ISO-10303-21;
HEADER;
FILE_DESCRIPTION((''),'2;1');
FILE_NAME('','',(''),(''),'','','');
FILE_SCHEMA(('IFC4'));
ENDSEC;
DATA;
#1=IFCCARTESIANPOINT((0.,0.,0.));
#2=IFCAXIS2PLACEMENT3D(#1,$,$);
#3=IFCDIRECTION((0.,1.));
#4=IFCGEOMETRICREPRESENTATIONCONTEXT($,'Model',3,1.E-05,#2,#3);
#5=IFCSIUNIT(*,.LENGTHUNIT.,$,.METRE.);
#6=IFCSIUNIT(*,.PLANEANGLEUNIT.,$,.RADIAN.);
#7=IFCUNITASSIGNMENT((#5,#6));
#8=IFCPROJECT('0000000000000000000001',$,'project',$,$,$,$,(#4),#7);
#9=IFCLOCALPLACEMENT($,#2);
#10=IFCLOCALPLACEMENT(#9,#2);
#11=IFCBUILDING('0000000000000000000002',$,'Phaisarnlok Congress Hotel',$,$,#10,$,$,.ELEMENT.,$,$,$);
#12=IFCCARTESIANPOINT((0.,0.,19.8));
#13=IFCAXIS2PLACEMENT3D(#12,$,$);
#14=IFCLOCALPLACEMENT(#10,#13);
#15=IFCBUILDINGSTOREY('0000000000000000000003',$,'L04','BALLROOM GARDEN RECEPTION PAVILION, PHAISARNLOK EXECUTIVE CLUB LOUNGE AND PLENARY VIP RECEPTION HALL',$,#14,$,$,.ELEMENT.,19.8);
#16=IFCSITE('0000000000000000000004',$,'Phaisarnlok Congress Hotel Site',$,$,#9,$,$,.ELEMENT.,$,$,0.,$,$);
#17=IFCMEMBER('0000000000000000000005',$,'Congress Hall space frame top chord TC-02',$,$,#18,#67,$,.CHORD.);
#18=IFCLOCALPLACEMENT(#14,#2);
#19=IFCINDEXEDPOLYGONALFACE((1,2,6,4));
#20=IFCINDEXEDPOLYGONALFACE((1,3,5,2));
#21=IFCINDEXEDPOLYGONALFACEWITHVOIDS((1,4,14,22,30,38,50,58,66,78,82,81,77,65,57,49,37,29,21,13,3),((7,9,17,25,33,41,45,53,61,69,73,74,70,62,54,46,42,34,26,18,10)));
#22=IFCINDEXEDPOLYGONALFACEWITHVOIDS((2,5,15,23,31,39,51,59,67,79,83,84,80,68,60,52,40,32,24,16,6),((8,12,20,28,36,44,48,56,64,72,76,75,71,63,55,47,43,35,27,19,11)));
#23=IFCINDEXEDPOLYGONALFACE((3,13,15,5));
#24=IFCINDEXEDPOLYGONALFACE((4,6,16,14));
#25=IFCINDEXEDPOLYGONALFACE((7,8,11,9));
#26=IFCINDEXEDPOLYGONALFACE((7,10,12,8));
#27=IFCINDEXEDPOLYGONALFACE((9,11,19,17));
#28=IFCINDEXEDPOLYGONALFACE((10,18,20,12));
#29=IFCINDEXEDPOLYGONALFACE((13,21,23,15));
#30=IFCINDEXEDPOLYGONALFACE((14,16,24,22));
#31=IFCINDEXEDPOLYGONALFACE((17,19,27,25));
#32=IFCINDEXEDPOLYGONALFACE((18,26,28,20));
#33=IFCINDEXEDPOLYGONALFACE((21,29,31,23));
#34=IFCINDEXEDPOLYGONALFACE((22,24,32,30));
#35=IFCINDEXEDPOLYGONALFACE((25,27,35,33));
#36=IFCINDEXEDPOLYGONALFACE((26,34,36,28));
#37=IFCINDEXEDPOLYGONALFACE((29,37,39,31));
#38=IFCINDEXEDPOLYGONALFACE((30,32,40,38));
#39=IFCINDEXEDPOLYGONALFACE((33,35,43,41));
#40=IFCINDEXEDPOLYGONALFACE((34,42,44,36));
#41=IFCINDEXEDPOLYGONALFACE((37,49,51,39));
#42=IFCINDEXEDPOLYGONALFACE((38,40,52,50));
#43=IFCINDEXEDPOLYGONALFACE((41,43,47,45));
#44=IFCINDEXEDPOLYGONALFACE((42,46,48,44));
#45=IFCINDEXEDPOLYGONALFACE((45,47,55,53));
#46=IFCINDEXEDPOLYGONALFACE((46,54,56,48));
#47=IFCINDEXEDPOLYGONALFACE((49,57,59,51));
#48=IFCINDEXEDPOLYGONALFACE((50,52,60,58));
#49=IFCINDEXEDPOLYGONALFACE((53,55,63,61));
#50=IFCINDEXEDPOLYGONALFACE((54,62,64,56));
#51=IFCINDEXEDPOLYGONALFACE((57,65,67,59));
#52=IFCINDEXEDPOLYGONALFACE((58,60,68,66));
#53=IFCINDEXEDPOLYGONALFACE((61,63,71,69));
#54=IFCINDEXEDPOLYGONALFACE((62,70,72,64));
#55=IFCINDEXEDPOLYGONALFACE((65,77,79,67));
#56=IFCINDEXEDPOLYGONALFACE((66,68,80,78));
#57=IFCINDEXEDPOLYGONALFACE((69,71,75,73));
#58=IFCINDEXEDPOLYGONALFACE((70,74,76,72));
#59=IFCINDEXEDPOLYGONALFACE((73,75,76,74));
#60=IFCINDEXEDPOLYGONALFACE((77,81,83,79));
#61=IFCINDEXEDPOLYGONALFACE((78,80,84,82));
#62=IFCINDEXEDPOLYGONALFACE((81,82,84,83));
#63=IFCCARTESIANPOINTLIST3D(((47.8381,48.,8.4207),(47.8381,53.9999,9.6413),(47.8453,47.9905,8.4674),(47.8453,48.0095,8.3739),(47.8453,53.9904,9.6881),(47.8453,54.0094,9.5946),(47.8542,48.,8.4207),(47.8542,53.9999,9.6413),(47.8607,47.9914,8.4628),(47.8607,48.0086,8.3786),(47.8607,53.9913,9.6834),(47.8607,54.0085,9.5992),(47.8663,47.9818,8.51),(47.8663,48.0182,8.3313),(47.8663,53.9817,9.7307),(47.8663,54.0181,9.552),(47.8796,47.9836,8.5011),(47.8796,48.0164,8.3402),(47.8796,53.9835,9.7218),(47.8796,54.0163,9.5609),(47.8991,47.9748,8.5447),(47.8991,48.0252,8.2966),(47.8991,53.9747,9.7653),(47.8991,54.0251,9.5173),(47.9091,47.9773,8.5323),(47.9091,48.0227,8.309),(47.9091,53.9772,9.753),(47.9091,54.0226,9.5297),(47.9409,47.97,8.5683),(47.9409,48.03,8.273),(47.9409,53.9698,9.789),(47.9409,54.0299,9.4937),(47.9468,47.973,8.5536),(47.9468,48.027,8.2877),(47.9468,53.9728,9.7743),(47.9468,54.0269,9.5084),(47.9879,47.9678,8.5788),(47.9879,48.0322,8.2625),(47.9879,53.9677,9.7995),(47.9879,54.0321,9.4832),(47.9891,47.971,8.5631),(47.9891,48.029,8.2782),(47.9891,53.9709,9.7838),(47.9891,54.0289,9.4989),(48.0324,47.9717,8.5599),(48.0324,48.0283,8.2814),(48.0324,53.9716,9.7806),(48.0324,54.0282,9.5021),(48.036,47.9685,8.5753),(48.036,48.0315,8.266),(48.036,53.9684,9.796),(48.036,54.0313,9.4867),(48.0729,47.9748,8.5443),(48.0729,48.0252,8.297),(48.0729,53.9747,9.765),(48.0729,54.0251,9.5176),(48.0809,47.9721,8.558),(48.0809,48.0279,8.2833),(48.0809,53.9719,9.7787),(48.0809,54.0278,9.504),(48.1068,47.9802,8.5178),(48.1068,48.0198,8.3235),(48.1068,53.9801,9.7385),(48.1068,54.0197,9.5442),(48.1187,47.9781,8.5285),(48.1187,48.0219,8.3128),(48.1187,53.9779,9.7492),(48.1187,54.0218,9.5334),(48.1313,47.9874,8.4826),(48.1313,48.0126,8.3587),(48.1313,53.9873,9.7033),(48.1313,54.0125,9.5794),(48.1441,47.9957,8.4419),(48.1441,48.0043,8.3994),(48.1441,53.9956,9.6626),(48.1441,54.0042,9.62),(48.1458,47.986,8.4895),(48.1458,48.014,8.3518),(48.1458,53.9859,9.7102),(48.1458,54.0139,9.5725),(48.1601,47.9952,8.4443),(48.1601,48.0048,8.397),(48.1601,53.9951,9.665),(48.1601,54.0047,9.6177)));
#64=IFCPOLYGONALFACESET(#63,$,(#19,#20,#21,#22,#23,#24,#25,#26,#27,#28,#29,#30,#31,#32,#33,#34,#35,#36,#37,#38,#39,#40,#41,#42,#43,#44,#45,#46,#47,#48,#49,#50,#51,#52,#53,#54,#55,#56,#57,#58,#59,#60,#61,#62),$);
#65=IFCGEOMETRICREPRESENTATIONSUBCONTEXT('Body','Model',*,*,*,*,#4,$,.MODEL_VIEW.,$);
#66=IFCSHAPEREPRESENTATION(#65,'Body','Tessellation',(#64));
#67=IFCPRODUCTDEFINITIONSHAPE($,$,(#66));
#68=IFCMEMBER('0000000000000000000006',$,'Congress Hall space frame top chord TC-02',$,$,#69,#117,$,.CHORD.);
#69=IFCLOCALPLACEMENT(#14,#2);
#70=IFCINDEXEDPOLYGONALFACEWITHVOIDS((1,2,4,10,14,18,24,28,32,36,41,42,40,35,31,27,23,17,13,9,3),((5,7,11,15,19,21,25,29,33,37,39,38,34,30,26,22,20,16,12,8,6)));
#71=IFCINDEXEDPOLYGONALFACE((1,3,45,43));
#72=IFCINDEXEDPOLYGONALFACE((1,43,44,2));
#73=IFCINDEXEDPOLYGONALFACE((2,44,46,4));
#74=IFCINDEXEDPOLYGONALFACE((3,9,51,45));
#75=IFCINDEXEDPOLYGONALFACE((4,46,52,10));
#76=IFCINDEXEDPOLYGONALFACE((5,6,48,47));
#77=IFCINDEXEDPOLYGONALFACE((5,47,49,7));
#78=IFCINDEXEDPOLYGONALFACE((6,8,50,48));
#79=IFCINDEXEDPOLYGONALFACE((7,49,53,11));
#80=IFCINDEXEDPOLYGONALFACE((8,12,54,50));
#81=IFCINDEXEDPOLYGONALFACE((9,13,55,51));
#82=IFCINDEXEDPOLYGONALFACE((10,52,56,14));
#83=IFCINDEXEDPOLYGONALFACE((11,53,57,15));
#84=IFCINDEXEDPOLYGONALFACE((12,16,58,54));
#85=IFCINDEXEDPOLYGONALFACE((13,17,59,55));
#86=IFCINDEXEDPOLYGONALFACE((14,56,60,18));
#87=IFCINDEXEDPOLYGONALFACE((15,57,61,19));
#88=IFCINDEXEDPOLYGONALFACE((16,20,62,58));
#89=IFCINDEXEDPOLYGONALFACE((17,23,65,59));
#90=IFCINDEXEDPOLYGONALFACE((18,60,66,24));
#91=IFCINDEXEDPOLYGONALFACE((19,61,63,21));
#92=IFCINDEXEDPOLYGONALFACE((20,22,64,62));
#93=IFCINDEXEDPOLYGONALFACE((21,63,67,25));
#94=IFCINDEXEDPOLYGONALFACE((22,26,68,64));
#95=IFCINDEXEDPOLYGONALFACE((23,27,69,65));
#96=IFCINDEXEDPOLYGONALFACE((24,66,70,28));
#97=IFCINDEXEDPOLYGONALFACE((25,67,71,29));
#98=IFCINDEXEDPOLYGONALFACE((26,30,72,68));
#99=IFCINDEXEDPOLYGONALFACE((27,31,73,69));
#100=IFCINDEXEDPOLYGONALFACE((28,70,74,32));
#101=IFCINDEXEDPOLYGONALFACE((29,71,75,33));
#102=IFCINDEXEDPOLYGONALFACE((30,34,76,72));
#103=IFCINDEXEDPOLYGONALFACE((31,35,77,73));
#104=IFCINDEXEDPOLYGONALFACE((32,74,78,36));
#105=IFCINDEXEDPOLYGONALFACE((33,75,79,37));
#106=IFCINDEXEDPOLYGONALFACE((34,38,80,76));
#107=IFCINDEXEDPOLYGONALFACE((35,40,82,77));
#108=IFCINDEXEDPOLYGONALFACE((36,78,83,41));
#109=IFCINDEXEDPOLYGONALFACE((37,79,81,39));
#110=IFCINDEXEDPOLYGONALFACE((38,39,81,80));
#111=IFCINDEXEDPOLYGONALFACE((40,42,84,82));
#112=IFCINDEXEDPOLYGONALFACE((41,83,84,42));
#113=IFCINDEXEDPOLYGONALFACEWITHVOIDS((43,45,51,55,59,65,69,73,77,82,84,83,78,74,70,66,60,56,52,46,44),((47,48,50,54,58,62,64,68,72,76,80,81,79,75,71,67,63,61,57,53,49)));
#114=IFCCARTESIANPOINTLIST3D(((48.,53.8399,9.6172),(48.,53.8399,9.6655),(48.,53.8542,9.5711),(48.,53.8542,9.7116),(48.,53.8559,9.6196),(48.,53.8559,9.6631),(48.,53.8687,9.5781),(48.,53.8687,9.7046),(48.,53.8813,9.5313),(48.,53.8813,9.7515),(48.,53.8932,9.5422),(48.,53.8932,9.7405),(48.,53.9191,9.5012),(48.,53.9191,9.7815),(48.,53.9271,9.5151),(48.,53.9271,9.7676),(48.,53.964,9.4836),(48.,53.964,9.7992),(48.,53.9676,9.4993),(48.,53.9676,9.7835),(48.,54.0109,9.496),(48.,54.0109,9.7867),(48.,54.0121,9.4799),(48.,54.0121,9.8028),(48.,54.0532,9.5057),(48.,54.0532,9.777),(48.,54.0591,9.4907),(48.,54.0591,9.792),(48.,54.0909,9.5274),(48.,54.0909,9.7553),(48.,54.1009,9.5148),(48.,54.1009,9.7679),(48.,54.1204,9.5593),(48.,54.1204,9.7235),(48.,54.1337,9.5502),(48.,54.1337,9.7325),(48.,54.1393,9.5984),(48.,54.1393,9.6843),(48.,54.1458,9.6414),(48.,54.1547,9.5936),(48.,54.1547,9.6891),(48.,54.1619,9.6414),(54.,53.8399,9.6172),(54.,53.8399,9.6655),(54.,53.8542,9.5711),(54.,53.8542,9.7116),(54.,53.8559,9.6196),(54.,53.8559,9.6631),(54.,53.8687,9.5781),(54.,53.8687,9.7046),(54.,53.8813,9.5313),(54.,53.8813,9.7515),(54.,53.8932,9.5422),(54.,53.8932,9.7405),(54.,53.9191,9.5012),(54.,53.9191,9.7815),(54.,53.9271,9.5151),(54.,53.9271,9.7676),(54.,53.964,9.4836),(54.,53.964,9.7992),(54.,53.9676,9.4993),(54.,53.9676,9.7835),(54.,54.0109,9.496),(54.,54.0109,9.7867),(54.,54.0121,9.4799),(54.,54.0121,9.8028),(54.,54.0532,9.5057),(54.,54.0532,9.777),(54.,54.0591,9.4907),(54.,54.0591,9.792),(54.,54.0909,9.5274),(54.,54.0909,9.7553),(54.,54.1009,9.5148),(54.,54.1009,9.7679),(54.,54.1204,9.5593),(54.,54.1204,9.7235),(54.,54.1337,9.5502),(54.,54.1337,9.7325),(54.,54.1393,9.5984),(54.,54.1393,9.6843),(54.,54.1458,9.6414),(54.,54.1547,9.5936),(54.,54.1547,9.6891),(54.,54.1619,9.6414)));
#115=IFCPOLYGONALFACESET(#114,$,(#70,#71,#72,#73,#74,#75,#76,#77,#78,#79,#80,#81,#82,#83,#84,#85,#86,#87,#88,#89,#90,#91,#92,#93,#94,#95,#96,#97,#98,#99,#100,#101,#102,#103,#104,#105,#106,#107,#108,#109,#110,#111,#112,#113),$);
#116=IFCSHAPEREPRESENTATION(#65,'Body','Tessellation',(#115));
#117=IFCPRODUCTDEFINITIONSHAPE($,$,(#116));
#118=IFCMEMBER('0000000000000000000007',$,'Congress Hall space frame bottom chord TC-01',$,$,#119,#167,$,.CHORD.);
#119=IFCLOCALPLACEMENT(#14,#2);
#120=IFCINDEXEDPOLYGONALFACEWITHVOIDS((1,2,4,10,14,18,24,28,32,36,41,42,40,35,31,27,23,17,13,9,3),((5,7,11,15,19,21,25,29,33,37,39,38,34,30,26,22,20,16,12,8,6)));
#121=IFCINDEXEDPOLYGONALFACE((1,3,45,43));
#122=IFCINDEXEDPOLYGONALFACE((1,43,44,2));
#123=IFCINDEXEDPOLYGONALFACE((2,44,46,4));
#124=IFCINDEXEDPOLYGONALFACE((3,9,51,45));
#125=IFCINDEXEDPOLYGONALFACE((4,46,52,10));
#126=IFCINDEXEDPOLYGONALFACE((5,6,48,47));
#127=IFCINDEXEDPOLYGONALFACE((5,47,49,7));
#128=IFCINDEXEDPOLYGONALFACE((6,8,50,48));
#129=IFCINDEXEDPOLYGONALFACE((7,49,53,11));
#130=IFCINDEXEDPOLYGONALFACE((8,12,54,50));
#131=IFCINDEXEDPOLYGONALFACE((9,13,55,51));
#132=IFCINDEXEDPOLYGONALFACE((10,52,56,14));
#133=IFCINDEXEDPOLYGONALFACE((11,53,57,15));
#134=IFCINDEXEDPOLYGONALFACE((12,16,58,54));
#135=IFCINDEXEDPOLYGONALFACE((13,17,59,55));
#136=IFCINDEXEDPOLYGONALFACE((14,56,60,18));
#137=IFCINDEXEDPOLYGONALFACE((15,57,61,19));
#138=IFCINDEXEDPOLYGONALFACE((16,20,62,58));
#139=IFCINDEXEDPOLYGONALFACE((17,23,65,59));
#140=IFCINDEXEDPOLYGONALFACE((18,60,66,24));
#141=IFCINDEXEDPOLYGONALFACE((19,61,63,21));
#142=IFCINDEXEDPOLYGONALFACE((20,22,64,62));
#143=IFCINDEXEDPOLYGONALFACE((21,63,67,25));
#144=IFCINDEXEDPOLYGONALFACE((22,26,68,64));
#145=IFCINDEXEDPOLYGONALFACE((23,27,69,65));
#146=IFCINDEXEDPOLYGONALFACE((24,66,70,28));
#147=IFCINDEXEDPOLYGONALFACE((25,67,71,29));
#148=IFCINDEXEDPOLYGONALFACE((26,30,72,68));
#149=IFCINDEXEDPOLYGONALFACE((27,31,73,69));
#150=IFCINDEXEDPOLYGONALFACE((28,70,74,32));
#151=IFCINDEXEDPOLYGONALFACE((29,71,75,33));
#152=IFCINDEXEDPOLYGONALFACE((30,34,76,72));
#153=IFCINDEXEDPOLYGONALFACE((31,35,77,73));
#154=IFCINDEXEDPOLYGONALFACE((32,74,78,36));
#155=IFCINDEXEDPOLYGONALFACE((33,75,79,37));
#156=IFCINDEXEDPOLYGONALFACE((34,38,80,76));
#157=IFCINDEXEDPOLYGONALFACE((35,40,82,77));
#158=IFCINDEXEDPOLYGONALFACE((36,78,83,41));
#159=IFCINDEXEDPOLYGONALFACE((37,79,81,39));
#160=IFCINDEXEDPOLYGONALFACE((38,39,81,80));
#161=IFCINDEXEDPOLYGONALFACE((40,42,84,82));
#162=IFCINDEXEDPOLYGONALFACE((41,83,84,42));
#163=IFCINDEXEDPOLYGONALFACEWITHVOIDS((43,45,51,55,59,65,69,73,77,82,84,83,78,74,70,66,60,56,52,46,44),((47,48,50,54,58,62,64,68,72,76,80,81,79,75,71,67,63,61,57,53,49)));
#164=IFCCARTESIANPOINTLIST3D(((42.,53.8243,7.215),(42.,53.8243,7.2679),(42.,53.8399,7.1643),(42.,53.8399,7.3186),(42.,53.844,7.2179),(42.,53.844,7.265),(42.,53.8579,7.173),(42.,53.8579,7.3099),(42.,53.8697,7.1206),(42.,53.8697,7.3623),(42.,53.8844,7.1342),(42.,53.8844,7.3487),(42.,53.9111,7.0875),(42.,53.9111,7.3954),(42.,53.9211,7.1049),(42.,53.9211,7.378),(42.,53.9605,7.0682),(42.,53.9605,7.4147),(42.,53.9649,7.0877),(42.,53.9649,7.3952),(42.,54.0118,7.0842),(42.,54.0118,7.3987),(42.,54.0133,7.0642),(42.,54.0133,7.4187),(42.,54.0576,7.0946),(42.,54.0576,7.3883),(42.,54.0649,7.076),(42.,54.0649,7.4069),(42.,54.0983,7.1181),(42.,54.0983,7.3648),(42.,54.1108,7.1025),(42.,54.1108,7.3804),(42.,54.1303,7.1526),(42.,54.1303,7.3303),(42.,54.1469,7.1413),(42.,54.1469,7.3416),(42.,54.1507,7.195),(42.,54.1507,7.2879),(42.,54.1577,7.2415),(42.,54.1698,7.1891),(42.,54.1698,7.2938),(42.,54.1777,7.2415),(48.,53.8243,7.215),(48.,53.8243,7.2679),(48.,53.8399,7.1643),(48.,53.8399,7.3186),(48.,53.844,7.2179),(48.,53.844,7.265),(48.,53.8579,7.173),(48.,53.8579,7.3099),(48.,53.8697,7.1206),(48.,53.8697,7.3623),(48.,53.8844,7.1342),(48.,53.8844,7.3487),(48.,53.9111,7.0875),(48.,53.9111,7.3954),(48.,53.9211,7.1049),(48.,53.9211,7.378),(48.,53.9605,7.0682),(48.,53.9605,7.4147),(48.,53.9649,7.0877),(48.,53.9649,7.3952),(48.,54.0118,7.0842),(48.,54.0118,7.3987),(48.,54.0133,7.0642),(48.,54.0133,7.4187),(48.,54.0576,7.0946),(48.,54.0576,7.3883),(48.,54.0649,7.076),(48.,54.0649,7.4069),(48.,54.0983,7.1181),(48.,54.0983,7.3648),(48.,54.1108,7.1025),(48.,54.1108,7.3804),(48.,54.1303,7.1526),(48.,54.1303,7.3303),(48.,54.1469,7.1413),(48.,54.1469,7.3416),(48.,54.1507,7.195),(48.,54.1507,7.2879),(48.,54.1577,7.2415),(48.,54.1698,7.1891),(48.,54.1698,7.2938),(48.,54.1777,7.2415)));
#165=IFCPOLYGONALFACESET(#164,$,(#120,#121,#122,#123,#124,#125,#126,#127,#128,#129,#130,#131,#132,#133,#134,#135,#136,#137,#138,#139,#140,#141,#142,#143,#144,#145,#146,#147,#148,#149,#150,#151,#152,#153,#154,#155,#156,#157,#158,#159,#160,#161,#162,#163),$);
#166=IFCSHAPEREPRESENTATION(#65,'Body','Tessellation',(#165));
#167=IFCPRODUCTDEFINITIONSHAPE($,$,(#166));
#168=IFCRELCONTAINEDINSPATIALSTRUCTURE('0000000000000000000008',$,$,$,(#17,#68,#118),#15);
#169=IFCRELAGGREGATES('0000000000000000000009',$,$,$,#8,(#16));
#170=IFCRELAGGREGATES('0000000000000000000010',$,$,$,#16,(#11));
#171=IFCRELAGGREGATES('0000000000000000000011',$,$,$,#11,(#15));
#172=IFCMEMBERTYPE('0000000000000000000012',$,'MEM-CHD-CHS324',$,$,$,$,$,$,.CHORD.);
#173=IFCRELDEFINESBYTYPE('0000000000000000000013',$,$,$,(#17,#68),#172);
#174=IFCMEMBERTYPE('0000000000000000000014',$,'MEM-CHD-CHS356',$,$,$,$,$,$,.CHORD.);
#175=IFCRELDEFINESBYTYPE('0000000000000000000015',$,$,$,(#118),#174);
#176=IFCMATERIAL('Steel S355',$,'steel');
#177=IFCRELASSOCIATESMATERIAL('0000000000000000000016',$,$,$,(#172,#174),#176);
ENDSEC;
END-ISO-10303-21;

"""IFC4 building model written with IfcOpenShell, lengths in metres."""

from ifc_helpers import new_model, si_unit, direction, frame, origin, origin_2d, place, context, subcontext, project, spatial, hollow_circle, extrude, material, material_profile, profile_set, type_object, element, save


model = new_model("IFC4")

# Units and contexts
model_context = context("Model", 3, precision=1e-05, world=origin(), true_north=direction((0.0, 1.0)))
body_context = subcontext(model_context, "Body", "Model", "MODEL_VIEW")
ifc_project = project(units=[si_unit("LENGTHUNIT", "METRE"), si_unit("PLANEANGLEUNIT", "RADIAN")], contexts=[model_context])

# Site, building, storey
site_placement = place(None, origin())
site = spatial("IfcSite", under=ifc_project, at=site_placement, Name="Phaisarnlok Congress Hotel Site", CompositionType="ELEMENT", RefElevation=0.0)
building_placement = place(site_placement, origin())
building = spatial("IfcBuilding", under=site, at=building_placement, Name="Phaisarnlok Congress Hotel", CompositionType="ELEMENT")
storey_placement = place(building_placement, frame((0.0, 0.0, 19.8)))
storey = spatial("IfcBuildingStorey", under=building, at=storey_placement, Name="L04", Description="BALLROOM GARDEN RECEPTION PAVILION, PHAISARNLOK EXECUTIVE CLUB LOUNGE AND PLENARY VIP RECEPTION HALL", CompositionType="ELEMENT", Elevation=19.8)

# Members
ifc_material = material(Name="Steel S355", Category="steel")
ifc_material_profile_1 = material_profile(ifc_material, hollow_circle(Radius=0.1619, WallThickness=0.0161, at=origin_2d()), Name="CHS 323.9x16")
ifc_profile_set_1 = profile_set([ifc_material_profile_1], Name="Steel S355")
member_type_1 = type_object("IfcMemberType", Name="MEM-CHD-CHS324", PredefinedType="CHORD", material=ifc_profile_set_1)
member_1_placement = place(storey_placement, frame((48.0, 48.0, 8.4207), z_axis=(0.0, 0.979925, 0.199366), x_axis=(-1.0, 0.0, 0.0)))
element("IfcMember", 1, at=member_1_placement, inside=storey, type_object=member_type_1, Name="Congress Hall space frame top chord TC-02", PredefinedType="CHORD", context=body_context, shape_type="SweptSolid", body=[
    extrude(hollow_circle(Radius=0.1619, WallThickness=0.0161, at=origin_2d()), origin(), (0.0, 0.0, 1.0), 6.1228),
])
member_2_placement = place(storey_placement, frame((48.0, 54.0, 9.6414), z_axis=(1.0, 0.0, 0.0), x_axis=(0.0, 1.0, 0.0)))
element("IfcMember", 2, at=member_2_placement, inside=storey, type_object=member_type_1, Name="Congress Hall space frame top chord TC-02", PredefinedType="CHORD", context=body_context, shape_type="SweptSolid", body=[
    extrude(hollow_circle(Radius=0.1619, WallThickness=0.0161, at=origin_2d()), origin(), (0.0, 0.0, 1.0), 6.0),
])
ifc_material_profile_2 = material_profile(ifc_material, hollow_circle(Radius=0.1777, WallThickness=0.02, at=origin_2d()), Name="CHS 355.6x20")
ifc_profile_set_2 = profile_set([ifc_material_profile_2], Name="Steel S355")
member_type_2 = type_object("IfcMemberType", Name="MEM-CHD-CHS356", PredefinedType="CHORD", material=ifc_profile_set_2)
member_3_placement = place(storey_placement, frame((42.0, 54.0, 7.2415), z_axis=(1.0, 0.0, 0.0), x_axis=(0.0, 1.0, 0.0)))
element("IfcMember", 3, at=member_3_placement, inside=storey, type_object=member_type_2, Name="Congress Hall space frame bottom chord TC-01", PredefinedType="CHORD", context=body_context, shape_type="SweptSolid", body=[
    extrude(hollow_circle(Radius=0.1777, WallThickness=0.02, at=origin_2d()), origin(), (0.0, 0.0, 1.0), 6.0),
])

save(model, "model.ifc")
